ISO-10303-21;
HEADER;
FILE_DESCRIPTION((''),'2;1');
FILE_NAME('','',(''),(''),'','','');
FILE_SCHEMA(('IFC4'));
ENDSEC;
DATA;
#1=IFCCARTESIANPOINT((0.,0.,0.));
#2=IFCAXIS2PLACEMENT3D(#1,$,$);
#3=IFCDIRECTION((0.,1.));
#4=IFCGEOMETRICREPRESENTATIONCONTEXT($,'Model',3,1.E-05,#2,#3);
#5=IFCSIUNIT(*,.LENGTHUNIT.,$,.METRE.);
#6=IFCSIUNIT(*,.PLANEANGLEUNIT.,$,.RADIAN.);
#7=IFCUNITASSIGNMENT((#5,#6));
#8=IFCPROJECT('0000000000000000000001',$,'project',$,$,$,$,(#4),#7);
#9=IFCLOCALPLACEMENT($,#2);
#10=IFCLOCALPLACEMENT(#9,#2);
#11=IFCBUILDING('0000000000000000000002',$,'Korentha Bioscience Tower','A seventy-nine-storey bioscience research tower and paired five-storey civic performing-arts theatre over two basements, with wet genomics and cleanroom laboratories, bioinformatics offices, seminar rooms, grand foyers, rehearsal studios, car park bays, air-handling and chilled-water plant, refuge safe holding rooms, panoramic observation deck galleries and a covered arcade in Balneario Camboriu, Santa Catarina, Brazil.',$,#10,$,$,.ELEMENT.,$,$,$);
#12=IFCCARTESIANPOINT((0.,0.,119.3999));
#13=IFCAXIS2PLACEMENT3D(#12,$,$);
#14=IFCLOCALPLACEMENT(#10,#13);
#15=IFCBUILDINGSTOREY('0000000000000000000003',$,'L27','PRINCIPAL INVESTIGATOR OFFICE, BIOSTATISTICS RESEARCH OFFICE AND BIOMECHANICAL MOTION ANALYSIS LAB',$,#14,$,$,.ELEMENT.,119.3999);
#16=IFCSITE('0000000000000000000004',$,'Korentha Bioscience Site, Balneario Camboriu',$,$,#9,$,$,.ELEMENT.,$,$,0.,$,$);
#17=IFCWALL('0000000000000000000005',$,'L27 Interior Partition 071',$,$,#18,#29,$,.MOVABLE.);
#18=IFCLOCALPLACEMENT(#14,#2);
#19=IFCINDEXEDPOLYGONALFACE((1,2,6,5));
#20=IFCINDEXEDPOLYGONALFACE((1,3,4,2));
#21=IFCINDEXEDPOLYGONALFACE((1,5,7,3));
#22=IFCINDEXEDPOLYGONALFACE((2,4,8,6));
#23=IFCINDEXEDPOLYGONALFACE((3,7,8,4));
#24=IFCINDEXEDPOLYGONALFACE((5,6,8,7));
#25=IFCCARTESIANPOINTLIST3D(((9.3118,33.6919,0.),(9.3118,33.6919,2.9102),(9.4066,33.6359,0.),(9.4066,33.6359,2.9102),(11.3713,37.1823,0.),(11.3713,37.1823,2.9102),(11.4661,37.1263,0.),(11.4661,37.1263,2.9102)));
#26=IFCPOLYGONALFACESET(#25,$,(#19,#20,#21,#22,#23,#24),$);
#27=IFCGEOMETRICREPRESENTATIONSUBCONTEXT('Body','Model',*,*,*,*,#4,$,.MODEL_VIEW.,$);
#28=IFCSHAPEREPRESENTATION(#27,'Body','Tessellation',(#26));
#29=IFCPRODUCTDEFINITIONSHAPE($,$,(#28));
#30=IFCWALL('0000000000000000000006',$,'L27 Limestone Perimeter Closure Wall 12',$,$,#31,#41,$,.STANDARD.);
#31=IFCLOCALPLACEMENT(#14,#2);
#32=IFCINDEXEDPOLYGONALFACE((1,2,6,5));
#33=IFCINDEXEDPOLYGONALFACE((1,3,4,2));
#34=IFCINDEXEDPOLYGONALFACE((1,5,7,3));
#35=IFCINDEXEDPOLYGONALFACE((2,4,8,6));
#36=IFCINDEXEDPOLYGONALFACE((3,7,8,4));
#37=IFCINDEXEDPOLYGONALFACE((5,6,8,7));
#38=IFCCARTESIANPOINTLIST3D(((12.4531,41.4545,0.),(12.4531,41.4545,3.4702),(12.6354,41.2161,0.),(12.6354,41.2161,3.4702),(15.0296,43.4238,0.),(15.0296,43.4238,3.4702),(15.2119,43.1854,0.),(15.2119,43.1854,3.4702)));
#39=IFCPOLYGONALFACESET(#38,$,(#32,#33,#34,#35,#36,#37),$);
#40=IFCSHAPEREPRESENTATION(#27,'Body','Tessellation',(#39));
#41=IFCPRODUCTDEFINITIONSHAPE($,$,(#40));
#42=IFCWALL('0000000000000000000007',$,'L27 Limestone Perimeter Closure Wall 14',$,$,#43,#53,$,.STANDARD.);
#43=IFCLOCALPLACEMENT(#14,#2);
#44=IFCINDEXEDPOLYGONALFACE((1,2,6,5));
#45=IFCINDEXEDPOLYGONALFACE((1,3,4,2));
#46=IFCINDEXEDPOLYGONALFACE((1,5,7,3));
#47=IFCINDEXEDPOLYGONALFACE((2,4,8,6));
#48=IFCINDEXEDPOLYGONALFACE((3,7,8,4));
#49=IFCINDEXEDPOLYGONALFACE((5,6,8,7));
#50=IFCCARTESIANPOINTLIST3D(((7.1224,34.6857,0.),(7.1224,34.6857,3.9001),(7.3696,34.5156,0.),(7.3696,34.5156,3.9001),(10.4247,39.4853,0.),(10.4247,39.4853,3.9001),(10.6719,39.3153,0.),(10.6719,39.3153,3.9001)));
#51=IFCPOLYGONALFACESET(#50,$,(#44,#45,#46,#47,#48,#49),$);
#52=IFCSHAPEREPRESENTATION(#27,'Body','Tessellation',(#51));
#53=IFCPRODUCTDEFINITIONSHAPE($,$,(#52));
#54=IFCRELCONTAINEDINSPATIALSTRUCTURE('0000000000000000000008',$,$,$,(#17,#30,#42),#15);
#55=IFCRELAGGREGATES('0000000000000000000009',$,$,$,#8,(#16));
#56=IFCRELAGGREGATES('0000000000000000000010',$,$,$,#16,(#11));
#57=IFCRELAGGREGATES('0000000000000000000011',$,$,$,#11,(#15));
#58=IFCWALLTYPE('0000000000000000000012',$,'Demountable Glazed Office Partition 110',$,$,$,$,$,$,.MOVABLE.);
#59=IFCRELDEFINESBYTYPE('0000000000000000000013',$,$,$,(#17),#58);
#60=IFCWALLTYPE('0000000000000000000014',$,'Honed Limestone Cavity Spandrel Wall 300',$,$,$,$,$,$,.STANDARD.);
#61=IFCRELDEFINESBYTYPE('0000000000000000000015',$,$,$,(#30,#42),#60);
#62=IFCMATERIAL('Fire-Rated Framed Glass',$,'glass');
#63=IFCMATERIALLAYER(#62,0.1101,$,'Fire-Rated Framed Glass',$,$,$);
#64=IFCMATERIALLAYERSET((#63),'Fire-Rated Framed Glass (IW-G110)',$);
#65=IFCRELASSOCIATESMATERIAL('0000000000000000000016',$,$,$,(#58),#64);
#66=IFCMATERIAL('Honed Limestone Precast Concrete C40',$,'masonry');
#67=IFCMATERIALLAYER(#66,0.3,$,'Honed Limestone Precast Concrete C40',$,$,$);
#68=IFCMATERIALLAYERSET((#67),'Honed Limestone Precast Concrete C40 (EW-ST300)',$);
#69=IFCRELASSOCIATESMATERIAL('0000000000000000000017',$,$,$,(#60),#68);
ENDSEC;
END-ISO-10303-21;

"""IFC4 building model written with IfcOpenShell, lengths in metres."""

from ifc_helpers import new_model, si_unit, direction, frame, frame_2d, origin, place, context, subcontext, project, spatial, rectangle, extrude, material, layer, layer_set, type_object, element, save


model = new_model("IFC4")

# Units and contexts
model_context = context("Model", 3, precision=1e-05, world=origin(), true_north=direction((0.0, 1.0)))
body_context = subcontext(model_context, "Body", "Model", "MODEL_VIEW")
ifc_project = project(units=[si_unit("LENGTHUNIT", "METRE"), si_unit("PLANEANGLEUNIT", "RADIAN")], contexts=[model_context])

# Site, building, storey
site_placement = place(None, origin())
site = spatial("IfcSite", under=ifc_project, at=site_placement, Name="Korentha Bioscience Site, Balneario Camboriu", CompositionType="ELEMENT", RefElevation=0.0)
building_placement = place(site_placement, origin())
building = spatial("IfcBuilding", under=site, at=building_placement, Name="Korentha Bioscience Tower", Description="A seventy-nine-storey bioscience research tower and paired five-storey civic performing-arts theatre over two basements, with wet genomics and cleanroom laboratories, bioinformatics offices, seminar rooms, grand foyers, rehearsal studios, car park bays, air-handling and chilled-water plant, refuge safe holding rooms, panoramic observation deck galleries and a covered arcade in Balneario Camboriu, Santa Catarina, Brazil.", CompositionType="ELEMENT")
storey_placement = place(building_placement, frame((0.0, 0.0, 119.3999)))
storey = spatial("IfcBuildingStorey", under=building, at=storey_placement, Name="L27", Description="PRINCIPAL INVESTIGATOR OFFICE, BIOSTATISTICS RESEARCH OFFICE AND BIOMECHANICAL MOTION ANALYSIS LAB", CompositionType="ELEMENT", Elevation=119.3999)

# Walls
ifc_material_1 = material(Name="Fire-Rated Framed Glass", Category="glass")
ifc_layer_1 = layer(ifc_material_1, 0.1101, Name="Fire-Rated Framed Glass")
ifc_layer_set_1 = layer_set([ifc_layer_1], Name="Fire-Rated Framed Glass (IW-G110)")
wall_type_1 = type_object("IfcWallType", Name="Demountable Glazed Office Partition 110", PredefinedType="MOVABLE", material=ifc_layer_set_1)
wall_1_placement = place(storey_placement, frame((11.4187, 37.1543, 0.0), z_axis=(0.0, 0.0, 1.0), x_axis=(-0.508183, -0.861249, 0.0)))
element("IfcWall", 1, at=wall_1_placement, inside=storey, type_object=wall_type_1, Name="L27 Interior Partition 071", PredefinedType="MOVABLE", context=body_context, shape_type="SweptSolid", body=[
    extrude(rectangle(XDim=4.0527, YDim=0.1101, at=frame_2d((2.0264, 0.0))), origin(), (0.0, 0.0, 1.0), 2.9102),
])
ifc_material_2 = material(Name="Honed Limestone Precast Concrete C40", Category="masonry")
ifc_layer_2 = layer(ifc_material_2, 0.3, Name="Honed Limestone Precast Concrete C40")
ifc_layer_set_2 = layer_set([ifc_layer_2], Name="Honed Limestone Precast Concrete C40 (EW-ST300)")
wall_type_2 = type_object("IfcWallType", Name="Honed Limestone Cavity Spandrel Wall 300", PredefinedType="STANDARD", material=ifc_layer_set_2)
wall_2_placement = place(storey_placement, frame((15.1208, 43.3047, 0.0), z_axis=(0.0, 0.0, 1.0), x_axis=(-0.794501, -0.607263, 0.0)))
element("IfcWall", 2, at=wall_2_placement, inside=storey, type_object=wall_type_2, Name="L27 Limestone Perimeter Closure Wall 12", PredefinedType="STANDARD", context=body_context, shape_type="SweptSolid", body=[
    extrude(rectangle(XDim=3.2429, YDim=0.3, at=frame_2d((1.6216, 0.0))), origin(), (0.0, 0.0, 1.0), 3.4702),
])
wall_3_placement = place(storey_placement, frame((10.5483, 39.4004, 0.0), z_axis=(0.0, 0.0, 1.0), x_axis=(-0.566826, -0.823838, 0.0)))
element("IfcWall", 3, at=wall_3_placement, inside=storey, type_object=wall_type_2, Name="L27 Limestone Perimeter Closure Wall 14", PredefinedType="STANDARD", context=body_context, shape_type="SweptSolid", body=[
    extrude(rectangle(XDim=5.8259, YDim=0.3, at=frame_2d((2.9131, 0.0))), origin(), (0.0, 0.0, 1.0), 3.9001),
])

save(model, "model.ifc")
